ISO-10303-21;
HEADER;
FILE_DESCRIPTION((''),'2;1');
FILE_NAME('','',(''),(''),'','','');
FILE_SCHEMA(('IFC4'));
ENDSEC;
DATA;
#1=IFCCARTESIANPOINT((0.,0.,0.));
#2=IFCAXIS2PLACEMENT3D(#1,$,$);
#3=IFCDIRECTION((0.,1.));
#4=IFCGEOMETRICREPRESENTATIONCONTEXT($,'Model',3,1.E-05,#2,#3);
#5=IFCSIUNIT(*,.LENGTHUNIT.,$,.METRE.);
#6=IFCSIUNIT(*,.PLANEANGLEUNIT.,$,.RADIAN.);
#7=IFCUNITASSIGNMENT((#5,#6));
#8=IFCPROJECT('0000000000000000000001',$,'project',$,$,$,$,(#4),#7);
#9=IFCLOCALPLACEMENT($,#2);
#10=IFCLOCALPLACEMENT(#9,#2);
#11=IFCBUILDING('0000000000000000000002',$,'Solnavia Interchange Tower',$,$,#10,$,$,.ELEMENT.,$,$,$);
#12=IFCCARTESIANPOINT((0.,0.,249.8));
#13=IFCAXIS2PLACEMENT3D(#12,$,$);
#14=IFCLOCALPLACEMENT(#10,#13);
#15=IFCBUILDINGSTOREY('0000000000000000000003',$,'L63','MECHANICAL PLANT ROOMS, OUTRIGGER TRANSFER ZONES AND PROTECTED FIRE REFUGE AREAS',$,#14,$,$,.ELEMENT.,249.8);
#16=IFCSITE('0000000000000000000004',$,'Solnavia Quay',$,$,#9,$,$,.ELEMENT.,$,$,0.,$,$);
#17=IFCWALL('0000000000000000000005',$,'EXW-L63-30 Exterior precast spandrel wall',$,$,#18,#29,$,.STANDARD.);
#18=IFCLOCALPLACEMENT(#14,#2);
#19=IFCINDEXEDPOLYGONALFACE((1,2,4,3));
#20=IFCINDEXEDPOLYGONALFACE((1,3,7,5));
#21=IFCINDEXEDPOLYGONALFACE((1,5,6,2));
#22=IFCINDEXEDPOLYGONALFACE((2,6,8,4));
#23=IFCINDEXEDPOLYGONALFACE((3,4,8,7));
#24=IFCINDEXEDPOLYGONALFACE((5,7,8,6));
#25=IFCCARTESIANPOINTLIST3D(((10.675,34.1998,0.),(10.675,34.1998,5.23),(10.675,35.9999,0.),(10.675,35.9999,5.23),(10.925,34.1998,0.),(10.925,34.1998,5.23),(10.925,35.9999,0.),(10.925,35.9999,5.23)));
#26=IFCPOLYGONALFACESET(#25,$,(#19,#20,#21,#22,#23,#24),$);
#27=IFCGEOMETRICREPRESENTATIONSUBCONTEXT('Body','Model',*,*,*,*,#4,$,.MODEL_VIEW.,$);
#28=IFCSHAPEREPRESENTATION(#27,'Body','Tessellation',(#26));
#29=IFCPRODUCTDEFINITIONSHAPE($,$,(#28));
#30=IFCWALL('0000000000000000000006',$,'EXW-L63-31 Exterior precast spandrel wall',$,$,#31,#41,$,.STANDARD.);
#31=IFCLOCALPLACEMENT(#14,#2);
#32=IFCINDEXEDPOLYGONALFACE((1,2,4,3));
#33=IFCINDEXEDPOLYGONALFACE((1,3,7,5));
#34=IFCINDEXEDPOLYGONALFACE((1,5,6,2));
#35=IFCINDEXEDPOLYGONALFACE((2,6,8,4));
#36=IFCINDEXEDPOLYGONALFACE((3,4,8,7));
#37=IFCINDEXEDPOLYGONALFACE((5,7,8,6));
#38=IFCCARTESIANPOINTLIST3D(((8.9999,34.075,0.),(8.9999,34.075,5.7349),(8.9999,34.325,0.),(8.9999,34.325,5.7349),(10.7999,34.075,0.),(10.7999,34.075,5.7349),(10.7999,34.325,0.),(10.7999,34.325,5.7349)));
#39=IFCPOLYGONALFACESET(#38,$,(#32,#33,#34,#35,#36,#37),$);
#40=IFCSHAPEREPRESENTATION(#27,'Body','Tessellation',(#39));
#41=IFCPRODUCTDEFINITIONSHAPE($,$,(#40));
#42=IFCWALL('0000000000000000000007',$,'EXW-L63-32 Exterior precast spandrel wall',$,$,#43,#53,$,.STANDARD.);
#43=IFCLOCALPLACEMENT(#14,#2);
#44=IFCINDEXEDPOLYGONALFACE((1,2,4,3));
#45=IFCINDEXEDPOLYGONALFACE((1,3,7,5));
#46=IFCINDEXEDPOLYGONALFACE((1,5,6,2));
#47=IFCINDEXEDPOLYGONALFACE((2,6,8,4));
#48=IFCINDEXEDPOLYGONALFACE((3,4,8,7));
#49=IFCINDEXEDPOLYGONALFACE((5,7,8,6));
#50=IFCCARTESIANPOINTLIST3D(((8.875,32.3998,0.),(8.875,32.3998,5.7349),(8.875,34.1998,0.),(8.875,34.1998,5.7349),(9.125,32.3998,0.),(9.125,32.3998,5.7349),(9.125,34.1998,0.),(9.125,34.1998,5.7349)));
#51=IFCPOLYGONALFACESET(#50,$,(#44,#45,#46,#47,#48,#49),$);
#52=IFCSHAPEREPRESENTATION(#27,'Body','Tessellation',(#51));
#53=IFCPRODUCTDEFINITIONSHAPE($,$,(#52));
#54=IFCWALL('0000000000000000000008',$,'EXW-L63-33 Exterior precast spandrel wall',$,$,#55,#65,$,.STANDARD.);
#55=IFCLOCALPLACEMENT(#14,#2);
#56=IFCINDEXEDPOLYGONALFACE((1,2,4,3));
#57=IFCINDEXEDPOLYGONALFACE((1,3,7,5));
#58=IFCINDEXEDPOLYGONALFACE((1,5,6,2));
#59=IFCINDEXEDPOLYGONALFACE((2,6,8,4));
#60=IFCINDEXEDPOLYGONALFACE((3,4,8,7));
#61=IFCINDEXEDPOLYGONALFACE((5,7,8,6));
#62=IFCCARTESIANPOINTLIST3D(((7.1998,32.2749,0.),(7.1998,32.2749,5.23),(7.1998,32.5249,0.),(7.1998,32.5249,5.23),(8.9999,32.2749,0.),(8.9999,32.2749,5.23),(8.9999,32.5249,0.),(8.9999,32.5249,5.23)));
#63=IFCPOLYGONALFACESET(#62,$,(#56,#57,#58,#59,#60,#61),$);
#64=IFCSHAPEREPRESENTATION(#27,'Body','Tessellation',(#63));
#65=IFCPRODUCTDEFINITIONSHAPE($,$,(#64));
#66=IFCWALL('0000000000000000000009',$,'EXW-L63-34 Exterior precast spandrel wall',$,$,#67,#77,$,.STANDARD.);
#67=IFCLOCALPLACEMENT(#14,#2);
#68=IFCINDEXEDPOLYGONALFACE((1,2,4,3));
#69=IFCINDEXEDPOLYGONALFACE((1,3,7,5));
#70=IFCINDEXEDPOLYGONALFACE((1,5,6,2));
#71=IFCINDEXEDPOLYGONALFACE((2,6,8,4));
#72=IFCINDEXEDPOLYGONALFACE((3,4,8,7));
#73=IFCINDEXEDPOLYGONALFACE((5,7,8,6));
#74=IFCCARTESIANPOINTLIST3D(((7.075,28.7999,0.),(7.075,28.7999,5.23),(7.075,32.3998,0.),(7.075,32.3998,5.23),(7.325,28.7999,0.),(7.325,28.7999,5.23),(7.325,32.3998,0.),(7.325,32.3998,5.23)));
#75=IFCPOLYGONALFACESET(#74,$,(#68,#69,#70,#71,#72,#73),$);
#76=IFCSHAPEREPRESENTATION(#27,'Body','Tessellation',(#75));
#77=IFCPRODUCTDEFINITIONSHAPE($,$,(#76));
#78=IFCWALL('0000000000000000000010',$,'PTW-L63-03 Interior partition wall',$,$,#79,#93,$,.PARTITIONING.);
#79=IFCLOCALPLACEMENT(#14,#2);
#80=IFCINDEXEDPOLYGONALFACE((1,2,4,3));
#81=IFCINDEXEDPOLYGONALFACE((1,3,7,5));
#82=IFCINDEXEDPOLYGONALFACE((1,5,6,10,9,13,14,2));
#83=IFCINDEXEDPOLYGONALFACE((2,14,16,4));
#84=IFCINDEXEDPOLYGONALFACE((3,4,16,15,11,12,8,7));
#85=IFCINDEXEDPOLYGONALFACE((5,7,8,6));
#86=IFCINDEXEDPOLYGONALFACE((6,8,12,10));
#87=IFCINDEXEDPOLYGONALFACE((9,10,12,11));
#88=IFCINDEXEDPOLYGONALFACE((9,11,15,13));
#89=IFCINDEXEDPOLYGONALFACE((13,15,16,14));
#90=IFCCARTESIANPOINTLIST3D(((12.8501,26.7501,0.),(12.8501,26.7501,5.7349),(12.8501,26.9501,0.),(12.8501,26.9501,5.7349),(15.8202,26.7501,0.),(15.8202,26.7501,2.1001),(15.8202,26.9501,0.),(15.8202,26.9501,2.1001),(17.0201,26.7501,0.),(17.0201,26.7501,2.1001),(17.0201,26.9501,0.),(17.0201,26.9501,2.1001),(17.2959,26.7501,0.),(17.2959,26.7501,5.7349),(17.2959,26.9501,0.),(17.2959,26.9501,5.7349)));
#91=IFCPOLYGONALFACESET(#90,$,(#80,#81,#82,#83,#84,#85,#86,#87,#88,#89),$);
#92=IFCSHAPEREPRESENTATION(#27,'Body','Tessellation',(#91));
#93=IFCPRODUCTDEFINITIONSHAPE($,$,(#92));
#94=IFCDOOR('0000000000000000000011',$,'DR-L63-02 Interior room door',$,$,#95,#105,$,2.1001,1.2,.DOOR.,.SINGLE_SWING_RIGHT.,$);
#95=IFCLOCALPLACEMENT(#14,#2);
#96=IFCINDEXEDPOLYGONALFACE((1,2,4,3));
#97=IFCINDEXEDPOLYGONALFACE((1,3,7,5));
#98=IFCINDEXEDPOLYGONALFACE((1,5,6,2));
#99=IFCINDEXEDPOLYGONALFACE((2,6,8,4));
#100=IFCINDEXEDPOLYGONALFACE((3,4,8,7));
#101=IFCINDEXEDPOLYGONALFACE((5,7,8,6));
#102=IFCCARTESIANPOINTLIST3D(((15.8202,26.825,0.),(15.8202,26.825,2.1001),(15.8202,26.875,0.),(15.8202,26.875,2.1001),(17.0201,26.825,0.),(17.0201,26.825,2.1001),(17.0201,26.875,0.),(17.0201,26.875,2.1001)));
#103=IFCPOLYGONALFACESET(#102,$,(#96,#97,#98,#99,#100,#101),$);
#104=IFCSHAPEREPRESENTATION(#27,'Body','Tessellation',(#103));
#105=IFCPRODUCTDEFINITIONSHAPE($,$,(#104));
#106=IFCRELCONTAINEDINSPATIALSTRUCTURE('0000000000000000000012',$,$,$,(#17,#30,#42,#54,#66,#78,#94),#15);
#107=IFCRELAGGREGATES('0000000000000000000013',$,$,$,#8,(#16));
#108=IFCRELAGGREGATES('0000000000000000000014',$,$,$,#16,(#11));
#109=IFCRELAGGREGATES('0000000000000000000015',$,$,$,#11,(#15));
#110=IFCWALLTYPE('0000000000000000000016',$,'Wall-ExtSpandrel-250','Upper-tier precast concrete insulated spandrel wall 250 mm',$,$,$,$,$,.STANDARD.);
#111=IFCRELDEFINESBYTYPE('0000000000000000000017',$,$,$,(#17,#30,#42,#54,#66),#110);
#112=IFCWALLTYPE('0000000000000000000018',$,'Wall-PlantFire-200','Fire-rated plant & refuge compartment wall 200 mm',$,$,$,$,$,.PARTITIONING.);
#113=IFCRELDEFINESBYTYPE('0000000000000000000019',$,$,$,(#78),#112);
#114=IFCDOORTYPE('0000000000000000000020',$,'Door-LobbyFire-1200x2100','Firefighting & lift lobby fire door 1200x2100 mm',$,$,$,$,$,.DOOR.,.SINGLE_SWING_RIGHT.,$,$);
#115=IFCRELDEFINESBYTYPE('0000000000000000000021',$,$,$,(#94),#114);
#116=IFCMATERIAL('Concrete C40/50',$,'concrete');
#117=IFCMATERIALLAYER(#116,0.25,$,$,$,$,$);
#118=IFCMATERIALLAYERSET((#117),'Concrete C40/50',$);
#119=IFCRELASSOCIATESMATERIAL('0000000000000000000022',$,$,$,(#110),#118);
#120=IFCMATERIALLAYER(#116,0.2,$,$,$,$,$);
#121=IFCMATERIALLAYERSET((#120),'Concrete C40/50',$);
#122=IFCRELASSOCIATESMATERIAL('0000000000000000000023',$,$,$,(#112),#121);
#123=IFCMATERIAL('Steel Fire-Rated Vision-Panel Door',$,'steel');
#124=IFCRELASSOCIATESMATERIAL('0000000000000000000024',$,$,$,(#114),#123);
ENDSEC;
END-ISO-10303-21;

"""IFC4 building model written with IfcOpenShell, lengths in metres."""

from ifc_helpers import new_model, si_unit, direction, frame, frame_2d, origin, place, context, subcontext, project, spatial, rectangle, extrude, material, layer, layer_set, type_object, element, fill, save


model = new_model("IFC4")

# Units and contexts
model_context = context("Model", 3, precision=1e-05, world=origin(), true_north=direction((0.0, 1.0)))
body_context = subcontext(model_context, "Body", "Model", "MODEL_VIEW")
ifc_project = project(units=[si_unit("LENGTHUNIT", "METRE"), si_unit("PLANEANGLEUNIT", "RADIAN")], contexts=[model_context])

# Site, building, storey
site_placement = place(None, origin())
site = spatial("IfcSite", under=ifc_project, at=site_placement, Name="Solnavia Quay", CompositionType="ELEMENT", RefElevation=0.0)
building_placement = place(site_placement, origin())
building = spatial("IfcBuilding", under=site, at=building_placement, Name="Solnavia Interchange Tower", CompositionType="ELEMENT")
storey_placement = place(building_placement, frame((0.0, 0.0, 249.8)))
storey = spatial("IfcBuildingStorey", under=building, at=storey_placement, Name="L63", Description="MECHANICAL PLANT ROOMS, OUTRIGGER TRANSFER ZONES AND PROTECTED FIRE REFUGE AREAS", CompositionType="ELEMENT", Elevation=249.8)

# Walls
ifc_material_1 = material(Name="Concrete C40/50", Category="concrete")
ifc_layer_1 = layer(ifc_material_1, 0.25)
ifc_layer_set_1 = layer_set([ifc_layer_1], Name="Concrete C40/50")
wall_type_1 = type_object("IfcWallType", Name="Wall-ExtSpandrel-250", Description="Upper-tier precast concrete insulated spandrel wall 250 mm", PredefinedType="STANDARD", material=ifc_layer_set_1)
wall_1_placement = place(storey_placement, frame((10.8, 34.2, 0.0), z_axis=(0.0, 0.0, 1.0), x_axis=(0.0, 1.0, 0.0)))
element("IfcWall", 1, at=wall_1_placement, inside=storey, type_object=wall_type_1, Name="EXW-L63-30 Exterior precast spandrel wall", PredefinedType="STANDARD", context=body_context, shape_type="SweptSolid", body=[
    extrude(rectangle(XDim=1.8, YDim=0.25, at=frame_2d((0.8999, 0.0))), origin(), (0.0, 0.0, 1.0), 5.23),
])
for number, where, z_axis, x_axis, name in (
    (2, (9.0, 34.2, 0.0), (0.0, 0.0, 1.0), (1.0, 0.0, 0.0), "EXW-L63-31 Exterior precast spandrel wall"),
    (3, (9.0, 32.3999, 0.0), (0.0, 0.0, 1.0), (0.0, 1.0, 0.0), "EXW-L63-32 Exterior precast spandrel wall"),
):
    element("IfcWall", number, at=place(storey_placement, frame(where, z_axis=z_axis, x_axis=x_axis)), inside=storey, type_object=wall_type_1, Name=name, PredefinedType="STANDARD", context=body_context, shape_type="SweptSolid", body=[
        extrude(rectangle(XDim=1.8, YDim=0.25, at=frame_2d((0.8999, 0.0))), origin(), (0.0, 0.0, 1.0), 5.7349),
    ])
wall_2_placement = place(storey_placement, frame((7.2, 32.3999, 0.0), z_axis=(0.0, 0.0, 1.0), x_axis=(1.0, 0.0, 0.0)))
element("IfcWall", 4, at=wall_2_placement, inside=storey, type_object=wall_type_1, Name="EXW-L63-33 Exterior precast spandrel wall", PredefinedType="STANDARD", context=body_context, shape_type="SweptSolid", body=[
    extrude(rectangle(XDim=1.8, YDim=0.25, at=frame_2d((0.8999, 0.0))), origin(), (0.0, 0.0, 1.0), 5.23),
])
wall_3_placement = place(storey_placement, frame((7.2, 28.8, 0.0), z_axis=(0.0, 0.0, 1.0), x_axis=(0.0, 1.0, 0.0)))
element("IfcWall", 5, at=wall_3_placement, inside=storey, type_object=wall_type_1, Name="EXW-L63-34 Exterior precast spandrel wall", PredefinedType="STANDARD", context=body_context, shape_type="SweptSolid", body=[
    extrude(rectangle(XDim=3.5999, YDim=0.25, at=frame_2d((1.7998, 0.0))), origin(), (0.0, 0.0, 1.0), 5.23),
])

# Wall, opening, door
ifc_layer_2 = layer(ifc_material_1, 0.2)
ifc_layer_set_2 = layer_set([ifc_layer_2], Name="Concrete C40/50")
wall_type_2 = type_object("IfcWallType", Name="Wall-PlantFire-200", Description="Fire-rated plant & refuge compartment wall 200 mm", PredefinedType="PARTITIONING", material=ifc_layer_set_2)
wall_4_placement = place(storey_placement, frame((12.8501, 26.8501, 0.0), z_axis=(0.0, 0.0, 1.0), x_axis=(1.0, 0.0, 0.0)))
wall_4 = element("IfcWall", 6, at=wall_4_placement, inside=storey, type_object=wall_type_2, Name="PTW-L63-03 Interior partition wall", PredefinedType="PARTITIONING", context=body_context, shape_type="SweptSolid", body=[
    extrude(rectangle(XDim=4.4458, YDim=0.2, at=frame_2d((2.2229, 0.0))), origin(), (0.0, 0.0, 1.0), 5.7349),
])
opening_placement = place(wall_4_placement, frame((2.97, 0.0, 0.0)))
opening = element("IfcOpeningElement", 7, at=opening_placement, cuts=wall_4, PredefinedType="OPENING", context=body_context, shape_type="SweptSolid", body=[
    extrude(rectangle(XDim=1.2, YDim=2.1001, at=frame_2d((0.6001, 1.05))), frame((0.0, 0.1099, 0.0), z_axis=(0.0, -1.0, 0.0), x_axis=(1.0, 0.0, 0.0)), (0.0, 0.0, 1.0), 0.22),
])
ifc_material_2 = material(Name="Steel Fire-Rated Vision-Panel Door", Category="steel")
door_type = type_object("IfcDoorType", Name="Door-LobbyFire-1200x2100", Description="Firefighting & lift lobby fire door 1200x2100 mm", OperationType="SINGLE_SWING_RIGHT", PredefinedType="DOOR", material=ifc_material_2)
door_placement = place(opening_placement, origin())
door = element("IfcDoor", 8, at=door_placement, inside=storey, type_object=door_type, Name="DR-L63-02 Interior room door", OperationType="SINGLE_SWING_RIGHT", OverallHeight=2.1001, OverallWidth=1.2, PredefinedType="DOOR", context=body_context, shape_type="SweptSolid", body=[
    extrude(rectangle(XDim=1.2, YDim=2.1001, at=frame_2d((0.6001, 1.05))), frame((0.0, 0.0249, 0.0), z_axis=(0.0, -1.0, 0.0), x_axis=(1.0, 0.0, 0.0)), (0.0, 0.0, 1.0), 0.05),
])
fill(opening, door)

save(model, "model.ifc")
